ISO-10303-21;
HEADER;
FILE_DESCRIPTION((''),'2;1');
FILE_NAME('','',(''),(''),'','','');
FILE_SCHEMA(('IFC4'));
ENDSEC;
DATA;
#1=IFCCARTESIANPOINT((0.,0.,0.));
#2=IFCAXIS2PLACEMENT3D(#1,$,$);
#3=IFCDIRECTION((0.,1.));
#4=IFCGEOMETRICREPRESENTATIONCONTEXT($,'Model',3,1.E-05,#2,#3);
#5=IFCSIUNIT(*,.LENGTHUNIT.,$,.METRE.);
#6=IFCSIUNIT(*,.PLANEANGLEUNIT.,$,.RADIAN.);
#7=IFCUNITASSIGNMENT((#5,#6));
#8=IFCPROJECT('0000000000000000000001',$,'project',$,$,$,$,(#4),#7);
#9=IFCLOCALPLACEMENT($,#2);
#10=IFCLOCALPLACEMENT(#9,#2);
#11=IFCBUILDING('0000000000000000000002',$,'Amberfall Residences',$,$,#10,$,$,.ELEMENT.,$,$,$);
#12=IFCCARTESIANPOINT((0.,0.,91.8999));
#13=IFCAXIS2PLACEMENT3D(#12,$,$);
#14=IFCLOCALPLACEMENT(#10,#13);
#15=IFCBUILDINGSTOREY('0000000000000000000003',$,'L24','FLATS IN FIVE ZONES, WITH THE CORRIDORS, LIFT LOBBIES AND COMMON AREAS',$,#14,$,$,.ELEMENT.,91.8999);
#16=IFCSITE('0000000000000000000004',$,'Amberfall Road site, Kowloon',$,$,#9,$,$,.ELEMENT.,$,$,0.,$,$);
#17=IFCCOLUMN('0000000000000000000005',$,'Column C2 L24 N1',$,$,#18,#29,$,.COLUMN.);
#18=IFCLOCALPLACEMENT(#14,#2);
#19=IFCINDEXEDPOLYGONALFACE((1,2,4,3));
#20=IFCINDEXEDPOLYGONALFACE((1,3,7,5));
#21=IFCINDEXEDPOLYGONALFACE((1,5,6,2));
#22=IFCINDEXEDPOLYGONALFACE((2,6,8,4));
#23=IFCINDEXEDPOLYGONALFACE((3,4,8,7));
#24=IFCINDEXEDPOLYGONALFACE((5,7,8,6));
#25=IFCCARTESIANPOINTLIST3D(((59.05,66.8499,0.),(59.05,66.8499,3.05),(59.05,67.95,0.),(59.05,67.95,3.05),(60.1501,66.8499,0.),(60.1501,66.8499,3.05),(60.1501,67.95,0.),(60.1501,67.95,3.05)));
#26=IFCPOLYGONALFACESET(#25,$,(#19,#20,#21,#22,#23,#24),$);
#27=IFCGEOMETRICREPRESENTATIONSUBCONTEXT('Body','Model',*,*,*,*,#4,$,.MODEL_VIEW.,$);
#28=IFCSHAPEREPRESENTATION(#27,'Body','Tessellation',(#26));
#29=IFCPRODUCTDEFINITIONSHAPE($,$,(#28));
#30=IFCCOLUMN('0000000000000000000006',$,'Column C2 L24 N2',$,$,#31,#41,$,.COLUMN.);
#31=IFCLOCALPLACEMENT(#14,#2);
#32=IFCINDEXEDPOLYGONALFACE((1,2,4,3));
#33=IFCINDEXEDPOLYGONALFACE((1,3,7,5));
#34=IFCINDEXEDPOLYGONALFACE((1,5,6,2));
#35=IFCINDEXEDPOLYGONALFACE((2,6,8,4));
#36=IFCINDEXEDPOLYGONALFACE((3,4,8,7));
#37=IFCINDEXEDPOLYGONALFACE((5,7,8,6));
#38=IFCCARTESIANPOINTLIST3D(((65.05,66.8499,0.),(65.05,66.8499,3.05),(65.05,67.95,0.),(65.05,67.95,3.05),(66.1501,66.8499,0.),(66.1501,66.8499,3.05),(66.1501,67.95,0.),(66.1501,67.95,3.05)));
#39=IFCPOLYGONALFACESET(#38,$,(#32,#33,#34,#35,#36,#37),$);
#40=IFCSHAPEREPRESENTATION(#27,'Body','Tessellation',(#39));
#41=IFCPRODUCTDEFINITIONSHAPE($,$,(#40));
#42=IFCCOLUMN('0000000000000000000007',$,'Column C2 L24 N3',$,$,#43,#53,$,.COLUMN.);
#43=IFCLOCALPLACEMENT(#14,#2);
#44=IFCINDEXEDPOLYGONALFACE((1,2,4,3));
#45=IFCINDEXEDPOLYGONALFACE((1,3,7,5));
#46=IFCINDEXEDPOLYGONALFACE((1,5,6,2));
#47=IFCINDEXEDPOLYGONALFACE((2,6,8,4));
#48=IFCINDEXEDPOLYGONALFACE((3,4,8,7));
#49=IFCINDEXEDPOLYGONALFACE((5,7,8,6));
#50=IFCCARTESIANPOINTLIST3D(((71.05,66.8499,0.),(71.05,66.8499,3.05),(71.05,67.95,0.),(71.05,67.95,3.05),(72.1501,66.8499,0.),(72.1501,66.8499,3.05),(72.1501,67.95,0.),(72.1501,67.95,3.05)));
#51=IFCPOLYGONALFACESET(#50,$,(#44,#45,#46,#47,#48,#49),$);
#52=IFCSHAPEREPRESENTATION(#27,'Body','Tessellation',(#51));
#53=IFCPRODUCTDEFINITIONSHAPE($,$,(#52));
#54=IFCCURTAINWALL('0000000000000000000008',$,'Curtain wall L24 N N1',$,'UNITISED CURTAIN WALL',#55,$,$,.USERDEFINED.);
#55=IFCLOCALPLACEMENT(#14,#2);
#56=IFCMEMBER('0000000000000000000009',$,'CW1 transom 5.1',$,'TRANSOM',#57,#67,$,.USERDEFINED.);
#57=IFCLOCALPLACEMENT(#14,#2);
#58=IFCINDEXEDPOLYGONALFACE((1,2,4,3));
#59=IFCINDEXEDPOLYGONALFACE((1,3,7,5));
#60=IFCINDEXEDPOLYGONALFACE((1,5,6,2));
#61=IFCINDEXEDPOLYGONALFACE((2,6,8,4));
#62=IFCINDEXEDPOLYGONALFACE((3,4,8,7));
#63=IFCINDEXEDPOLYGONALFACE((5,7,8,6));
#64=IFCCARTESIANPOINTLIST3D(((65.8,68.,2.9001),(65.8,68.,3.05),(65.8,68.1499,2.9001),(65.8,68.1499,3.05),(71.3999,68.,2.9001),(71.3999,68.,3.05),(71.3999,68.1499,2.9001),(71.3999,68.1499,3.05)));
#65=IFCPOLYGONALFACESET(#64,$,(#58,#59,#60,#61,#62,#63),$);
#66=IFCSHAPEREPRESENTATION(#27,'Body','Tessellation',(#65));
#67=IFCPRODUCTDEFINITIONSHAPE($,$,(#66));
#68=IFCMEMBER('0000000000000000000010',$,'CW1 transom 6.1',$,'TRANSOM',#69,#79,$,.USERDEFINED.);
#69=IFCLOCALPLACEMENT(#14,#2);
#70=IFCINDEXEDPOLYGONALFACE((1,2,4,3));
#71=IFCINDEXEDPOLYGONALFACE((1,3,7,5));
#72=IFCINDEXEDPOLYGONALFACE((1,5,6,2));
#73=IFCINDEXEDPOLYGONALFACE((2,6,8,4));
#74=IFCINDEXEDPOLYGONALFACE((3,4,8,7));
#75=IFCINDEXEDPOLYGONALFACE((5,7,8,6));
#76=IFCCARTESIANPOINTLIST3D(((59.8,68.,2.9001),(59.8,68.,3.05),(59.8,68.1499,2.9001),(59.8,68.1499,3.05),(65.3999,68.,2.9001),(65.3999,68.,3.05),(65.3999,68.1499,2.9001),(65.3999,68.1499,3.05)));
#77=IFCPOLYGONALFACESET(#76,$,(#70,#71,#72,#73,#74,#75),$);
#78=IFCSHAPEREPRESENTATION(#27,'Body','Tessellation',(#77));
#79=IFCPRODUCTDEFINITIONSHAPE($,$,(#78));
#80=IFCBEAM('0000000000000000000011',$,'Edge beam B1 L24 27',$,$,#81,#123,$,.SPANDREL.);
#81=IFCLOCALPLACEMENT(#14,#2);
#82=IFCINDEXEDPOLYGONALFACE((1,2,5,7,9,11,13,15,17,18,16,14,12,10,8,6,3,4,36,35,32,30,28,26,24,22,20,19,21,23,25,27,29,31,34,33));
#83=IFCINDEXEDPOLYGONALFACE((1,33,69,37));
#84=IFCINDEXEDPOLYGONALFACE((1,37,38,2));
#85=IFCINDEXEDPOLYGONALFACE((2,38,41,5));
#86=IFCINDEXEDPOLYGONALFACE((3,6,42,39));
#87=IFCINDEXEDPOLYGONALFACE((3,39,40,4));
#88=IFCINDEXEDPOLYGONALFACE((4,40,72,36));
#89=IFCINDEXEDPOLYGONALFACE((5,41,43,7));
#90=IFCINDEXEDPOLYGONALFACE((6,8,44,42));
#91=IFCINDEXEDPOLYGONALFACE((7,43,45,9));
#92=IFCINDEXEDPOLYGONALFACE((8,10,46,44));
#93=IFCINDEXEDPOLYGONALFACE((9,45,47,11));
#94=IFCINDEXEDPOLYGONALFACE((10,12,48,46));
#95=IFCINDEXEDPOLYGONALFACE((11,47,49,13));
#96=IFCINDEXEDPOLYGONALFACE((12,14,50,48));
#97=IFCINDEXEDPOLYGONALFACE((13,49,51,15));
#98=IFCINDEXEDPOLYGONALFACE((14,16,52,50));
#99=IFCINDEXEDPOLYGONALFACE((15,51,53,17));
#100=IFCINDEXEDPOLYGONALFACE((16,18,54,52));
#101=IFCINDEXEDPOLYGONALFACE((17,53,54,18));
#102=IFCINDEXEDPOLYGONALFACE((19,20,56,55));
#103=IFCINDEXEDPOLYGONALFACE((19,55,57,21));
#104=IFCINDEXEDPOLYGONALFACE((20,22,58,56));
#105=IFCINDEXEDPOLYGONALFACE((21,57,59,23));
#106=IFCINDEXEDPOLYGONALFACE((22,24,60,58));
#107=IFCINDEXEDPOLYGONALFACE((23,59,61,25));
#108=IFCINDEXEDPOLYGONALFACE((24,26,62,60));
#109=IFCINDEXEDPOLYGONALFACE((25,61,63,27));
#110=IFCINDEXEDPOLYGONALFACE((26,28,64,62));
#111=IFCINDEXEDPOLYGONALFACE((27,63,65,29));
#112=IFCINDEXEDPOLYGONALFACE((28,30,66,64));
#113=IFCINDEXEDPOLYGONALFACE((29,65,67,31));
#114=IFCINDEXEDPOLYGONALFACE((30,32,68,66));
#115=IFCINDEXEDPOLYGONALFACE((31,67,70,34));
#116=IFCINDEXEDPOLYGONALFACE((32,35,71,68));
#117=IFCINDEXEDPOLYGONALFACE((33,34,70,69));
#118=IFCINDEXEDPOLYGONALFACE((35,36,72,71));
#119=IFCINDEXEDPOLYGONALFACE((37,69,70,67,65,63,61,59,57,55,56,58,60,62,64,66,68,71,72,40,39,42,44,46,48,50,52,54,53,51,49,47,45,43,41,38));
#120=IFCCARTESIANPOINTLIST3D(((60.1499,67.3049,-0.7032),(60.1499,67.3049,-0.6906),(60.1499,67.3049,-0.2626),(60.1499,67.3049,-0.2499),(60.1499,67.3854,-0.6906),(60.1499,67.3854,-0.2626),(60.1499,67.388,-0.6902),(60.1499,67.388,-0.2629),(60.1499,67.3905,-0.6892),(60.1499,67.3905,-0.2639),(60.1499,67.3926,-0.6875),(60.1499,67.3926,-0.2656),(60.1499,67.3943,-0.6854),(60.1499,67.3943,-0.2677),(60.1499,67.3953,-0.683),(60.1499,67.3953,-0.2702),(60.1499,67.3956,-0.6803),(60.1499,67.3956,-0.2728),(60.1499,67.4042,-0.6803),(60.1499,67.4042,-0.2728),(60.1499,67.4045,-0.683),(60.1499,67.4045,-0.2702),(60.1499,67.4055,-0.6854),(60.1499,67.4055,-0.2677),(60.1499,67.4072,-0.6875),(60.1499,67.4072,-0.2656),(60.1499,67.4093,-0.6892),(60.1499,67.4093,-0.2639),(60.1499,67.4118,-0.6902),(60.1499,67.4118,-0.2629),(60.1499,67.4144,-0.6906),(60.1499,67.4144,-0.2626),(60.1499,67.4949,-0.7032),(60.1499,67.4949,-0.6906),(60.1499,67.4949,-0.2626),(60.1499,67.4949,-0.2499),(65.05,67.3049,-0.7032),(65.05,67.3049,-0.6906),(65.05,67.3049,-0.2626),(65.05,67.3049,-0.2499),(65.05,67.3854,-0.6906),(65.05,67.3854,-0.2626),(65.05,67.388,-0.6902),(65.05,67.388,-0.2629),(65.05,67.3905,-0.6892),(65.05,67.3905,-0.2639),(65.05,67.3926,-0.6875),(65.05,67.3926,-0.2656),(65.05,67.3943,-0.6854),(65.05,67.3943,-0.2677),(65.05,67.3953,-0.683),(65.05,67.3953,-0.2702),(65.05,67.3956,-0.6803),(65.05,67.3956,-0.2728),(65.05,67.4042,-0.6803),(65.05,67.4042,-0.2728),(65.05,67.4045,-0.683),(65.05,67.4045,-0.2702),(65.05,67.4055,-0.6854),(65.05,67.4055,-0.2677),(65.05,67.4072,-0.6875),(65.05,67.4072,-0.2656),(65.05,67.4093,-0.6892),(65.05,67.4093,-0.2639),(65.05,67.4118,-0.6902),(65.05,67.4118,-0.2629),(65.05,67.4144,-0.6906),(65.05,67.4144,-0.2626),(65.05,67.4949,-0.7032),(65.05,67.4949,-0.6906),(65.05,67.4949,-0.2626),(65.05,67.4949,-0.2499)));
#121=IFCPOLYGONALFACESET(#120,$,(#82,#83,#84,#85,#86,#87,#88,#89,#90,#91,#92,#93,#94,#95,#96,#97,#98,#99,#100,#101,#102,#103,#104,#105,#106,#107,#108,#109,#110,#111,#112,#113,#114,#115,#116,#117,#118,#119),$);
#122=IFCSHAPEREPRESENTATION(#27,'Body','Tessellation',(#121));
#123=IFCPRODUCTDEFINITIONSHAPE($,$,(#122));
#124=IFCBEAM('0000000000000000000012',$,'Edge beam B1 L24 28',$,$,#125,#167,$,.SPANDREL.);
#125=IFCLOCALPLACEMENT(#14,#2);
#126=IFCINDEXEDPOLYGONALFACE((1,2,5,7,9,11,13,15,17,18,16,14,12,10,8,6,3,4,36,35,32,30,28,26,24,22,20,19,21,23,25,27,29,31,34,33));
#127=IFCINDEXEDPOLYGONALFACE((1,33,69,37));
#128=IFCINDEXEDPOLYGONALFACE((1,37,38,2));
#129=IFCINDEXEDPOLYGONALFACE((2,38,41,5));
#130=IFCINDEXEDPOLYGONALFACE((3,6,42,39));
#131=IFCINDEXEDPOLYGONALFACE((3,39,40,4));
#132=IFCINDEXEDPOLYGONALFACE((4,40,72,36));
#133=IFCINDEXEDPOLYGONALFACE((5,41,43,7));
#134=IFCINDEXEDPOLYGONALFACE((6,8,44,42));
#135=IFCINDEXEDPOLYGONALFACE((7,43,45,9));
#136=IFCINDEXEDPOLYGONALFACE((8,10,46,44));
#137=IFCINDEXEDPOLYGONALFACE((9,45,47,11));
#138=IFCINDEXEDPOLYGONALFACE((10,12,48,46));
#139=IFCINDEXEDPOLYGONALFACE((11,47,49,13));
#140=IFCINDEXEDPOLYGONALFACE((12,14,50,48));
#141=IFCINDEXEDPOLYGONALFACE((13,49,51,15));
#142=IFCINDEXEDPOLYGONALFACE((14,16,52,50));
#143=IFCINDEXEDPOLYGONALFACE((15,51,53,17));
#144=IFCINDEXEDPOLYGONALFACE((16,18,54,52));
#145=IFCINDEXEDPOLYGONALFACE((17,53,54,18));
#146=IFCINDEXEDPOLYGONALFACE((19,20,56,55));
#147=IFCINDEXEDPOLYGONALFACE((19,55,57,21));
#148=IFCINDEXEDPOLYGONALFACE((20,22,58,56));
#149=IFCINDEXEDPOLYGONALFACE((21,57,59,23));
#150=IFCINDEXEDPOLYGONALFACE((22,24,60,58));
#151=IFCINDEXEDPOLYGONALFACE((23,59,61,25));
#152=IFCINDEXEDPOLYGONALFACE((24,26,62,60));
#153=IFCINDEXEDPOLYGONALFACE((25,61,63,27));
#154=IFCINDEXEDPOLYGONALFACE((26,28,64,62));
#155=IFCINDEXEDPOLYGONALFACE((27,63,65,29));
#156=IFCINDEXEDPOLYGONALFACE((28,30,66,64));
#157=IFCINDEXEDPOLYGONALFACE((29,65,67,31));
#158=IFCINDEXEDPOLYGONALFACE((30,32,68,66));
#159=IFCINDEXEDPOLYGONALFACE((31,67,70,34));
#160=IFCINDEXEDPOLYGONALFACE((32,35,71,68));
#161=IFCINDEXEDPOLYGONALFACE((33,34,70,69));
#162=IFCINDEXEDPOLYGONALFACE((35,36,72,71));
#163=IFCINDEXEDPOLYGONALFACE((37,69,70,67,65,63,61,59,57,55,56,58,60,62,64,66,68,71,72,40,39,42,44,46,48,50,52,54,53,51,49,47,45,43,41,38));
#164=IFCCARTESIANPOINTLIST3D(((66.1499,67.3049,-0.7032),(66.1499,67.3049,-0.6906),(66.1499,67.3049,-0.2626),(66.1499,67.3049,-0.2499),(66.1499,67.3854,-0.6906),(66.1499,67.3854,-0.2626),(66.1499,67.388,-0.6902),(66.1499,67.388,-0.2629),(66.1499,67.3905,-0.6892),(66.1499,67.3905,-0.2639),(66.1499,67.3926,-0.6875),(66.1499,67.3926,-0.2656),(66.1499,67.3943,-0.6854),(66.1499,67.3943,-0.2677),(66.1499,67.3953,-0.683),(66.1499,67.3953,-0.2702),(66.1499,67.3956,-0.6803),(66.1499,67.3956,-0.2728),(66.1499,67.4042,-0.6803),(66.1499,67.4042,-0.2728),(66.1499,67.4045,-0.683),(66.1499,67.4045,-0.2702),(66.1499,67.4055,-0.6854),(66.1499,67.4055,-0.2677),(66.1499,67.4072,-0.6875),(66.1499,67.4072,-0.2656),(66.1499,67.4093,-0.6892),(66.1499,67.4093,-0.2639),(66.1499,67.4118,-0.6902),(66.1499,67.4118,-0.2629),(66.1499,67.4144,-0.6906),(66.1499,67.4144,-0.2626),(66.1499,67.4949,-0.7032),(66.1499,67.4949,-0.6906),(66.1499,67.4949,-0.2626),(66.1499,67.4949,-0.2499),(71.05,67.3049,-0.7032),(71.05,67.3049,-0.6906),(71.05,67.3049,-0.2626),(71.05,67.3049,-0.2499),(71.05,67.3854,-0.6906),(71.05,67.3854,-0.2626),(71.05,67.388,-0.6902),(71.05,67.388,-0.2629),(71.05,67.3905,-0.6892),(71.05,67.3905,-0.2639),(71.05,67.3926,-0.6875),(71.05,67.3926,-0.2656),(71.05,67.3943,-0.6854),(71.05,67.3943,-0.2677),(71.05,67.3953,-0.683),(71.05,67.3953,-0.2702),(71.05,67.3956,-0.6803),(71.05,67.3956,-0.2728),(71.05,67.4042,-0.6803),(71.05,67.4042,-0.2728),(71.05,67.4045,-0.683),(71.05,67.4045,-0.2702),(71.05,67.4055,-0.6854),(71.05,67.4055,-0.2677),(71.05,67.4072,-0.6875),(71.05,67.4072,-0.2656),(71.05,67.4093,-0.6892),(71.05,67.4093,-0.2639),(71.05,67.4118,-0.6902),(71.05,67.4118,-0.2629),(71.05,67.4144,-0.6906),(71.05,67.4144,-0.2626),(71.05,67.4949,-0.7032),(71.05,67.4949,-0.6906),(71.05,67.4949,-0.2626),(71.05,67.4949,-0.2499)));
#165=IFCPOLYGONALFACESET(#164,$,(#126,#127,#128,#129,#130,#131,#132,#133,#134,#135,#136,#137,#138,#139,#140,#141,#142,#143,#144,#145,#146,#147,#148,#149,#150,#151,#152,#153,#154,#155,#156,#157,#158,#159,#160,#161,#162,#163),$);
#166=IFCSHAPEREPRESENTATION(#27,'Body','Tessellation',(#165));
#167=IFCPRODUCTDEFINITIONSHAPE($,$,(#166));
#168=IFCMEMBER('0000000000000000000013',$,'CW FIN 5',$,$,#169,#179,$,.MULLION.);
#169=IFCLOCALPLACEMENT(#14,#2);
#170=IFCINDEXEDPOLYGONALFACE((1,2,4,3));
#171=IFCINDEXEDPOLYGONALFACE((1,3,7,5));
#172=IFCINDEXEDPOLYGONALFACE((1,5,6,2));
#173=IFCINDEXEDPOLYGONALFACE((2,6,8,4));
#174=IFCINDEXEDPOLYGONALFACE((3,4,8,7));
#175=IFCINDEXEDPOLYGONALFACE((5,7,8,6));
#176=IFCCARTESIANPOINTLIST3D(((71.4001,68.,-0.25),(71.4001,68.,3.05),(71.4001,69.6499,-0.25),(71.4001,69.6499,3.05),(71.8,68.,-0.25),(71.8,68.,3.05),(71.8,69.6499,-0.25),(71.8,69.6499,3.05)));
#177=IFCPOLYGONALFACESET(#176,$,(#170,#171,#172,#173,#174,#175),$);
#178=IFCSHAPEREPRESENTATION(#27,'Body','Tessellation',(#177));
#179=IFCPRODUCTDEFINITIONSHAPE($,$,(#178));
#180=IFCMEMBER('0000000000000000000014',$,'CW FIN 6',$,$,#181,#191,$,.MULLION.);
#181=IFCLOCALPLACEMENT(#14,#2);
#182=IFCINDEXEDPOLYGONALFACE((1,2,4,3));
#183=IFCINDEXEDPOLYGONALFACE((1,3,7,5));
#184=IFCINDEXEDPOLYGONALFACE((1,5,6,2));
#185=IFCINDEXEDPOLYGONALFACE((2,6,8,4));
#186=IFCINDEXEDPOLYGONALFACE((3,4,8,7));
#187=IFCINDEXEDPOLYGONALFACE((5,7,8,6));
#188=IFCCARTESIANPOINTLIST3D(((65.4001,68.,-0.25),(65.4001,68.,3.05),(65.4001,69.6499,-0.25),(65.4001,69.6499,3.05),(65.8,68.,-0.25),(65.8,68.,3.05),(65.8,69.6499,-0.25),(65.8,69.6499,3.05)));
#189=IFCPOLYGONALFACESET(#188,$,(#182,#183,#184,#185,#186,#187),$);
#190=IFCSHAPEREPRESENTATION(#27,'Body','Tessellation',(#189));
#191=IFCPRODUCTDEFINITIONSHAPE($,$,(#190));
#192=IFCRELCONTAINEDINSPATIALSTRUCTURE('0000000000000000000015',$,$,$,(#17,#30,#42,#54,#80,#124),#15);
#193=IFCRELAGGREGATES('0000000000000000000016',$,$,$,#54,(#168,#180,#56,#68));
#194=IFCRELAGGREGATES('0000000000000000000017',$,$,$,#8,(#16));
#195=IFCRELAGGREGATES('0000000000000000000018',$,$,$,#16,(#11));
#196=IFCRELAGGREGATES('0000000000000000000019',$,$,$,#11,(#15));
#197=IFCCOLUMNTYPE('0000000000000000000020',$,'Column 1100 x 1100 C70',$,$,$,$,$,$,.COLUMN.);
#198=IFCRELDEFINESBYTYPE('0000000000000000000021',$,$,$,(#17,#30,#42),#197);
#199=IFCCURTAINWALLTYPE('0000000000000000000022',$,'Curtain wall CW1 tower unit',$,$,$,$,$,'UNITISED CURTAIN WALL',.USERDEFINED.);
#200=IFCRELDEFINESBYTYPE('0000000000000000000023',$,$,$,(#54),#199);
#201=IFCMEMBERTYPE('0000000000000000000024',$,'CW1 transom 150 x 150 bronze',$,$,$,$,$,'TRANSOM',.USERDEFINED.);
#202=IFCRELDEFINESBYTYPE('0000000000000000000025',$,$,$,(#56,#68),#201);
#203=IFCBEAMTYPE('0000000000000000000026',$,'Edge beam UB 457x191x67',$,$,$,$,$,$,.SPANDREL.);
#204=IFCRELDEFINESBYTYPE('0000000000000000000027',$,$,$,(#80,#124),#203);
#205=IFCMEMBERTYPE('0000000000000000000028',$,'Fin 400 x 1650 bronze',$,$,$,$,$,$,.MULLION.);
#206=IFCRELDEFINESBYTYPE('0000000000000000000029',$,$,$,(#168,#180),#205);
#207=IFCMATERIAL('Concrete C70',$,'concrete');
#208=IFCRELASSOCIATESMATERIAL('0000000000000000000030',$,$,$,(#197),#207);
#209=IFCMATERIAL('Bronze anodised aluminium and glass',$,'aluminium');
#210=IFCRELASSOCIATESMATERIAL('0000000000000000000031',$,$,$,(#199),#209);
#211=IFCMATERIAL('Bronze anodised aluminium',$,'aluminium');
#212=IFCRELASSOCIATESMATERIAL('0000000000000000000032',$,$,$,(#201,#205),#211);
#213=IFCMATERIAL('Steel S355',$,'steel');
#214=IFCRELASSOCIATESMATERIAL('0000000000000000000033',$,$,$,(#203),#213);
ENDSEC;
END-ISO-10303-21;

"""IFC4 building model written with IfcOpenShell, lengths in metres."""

from ifc_helpers import new_model, si_unit, direction, frame, origin, origin_2d, place, context, subcontext, project, spatial, rectangle, i_section, extrude, material, material_profile, profile_set, type_object, element, aggregate, save


model = new_model("IFC4")

# Units and contexts
model_context = context("Model", 3, precision=1e-05, world=origin(), true_north=direction((0.0, 1.0)))
body_context = subcontext(model_context, "Body", "Model", "MODEL_VIEW")
ifc_project = project(units=[si_unit("LENGTHUNIT", "METRE"), si_unit("PLANEANGLEUNIT", "RADIAN")], contexts=[model_context])

# Site, building, storey
site_placement = place(None, origin())
site = spatial("IfcSite", under=ifc_project, at=site_placement, Name="Amberfall Road site, Kowloon", CompositionType="ELEMENT", RefElevation=0.0)
building_placement = place(site_placement, origin())
building = spatial("IfcBuilding", under=site, at=building_placement, Name="Amberfall Residences", CompositionType="ELEMENT")
storey_placement = place(building_placement, frame((0.0, 0.0, 91.8999)))
storey = spatial("IfcBuildingStorey", under=building, at=storey_placement, Name="L24", Description="FLATS IN FIVE ZONES, WITH THE CORRIDORS, LIFT LOBBIES AND COMMON AREAS", CompositionType="ELEMENT", Elevation=91.8999)

# Columns
ifc_material_1 = material(Name="Concrete C70", Category="concrete")
ifc_material_profile_1 = material_profile(ifc_material_1, rectangle(XDim=1.1001, YDim=1.1001, at=origin_2d()), Name="Column 1100 x 1100 C70")
ifc_profile_set_1 = profile_set([ifc_material_profile_1], Name="Concrete C70")
column_type = type_object("IfcColumnType", Name="Column 1100 x 1100 C70", PredefinedType="COLUMN", material=ifc_profile_set_1)
for number, where, z_axis, x_axis, name in (
    (1, (59.6001, 67.3999, 0.0), (0.0, 0.0, 1.0), (1.0, 0.0, 0.0), "Column C2 L24 N1"),
    (2, (65.6001, 67.3999, 0.0), (0.0, 0.0, 1.0), (1.0, 0.0, 0.0), "Column C2 L24 N2"),
    (3, (71.6001, 67.3999, 0.0), (0.0, 0.0, 1.0), (1.0, 0.0, 0.0), "Column C2 L24 N3"),
):
    element("IfcColumn", number, at=place(storey_placement, frame(where, z_axis=z_axis, x_axis=x_axis)), inside=storey, type_object=column_type, Name=name, PredefinedType="COLUMN", context=body_context, shape_type="SweptSolid", body=[
        extrude(rectangle(XDim=1.1001, YDim=1.1001, at=origin_2d()), origin(), (0.0, 0.0, 1.0), 3.05),
    ])

# Curtain wall, members
ifc_material_2 = material(Name="Bronze anodised aluminium and glass", Category="aluminium")
curtain_wall_type = type_object("IfcCurtainWallType", Name="Curtain wall CW1 tower unit", ElementType="UNITISED CURTAIN WALL", PredefinedType="USERDEFINED", material=ifc_material_2)
curtain_wall_placement = place(storey_placement, origin())
curtain_wall = element("IfcCurtainWall", 4, at=curtain_wall_placement, inside=storey, type_object=curtain_wall_type, Name="Curtain wall L24 N N1", ObjectType="UNITISED CURTAIN WALL", PredefinedType="USERDEFINED")
ifc_material_3 = material(Name="Bronze anodised aluminium", Category="aluminium")
ifc_material_profile_2 = material_profile(ifc_material_3, rectangle(XDim=0.1499, YDim=0.1499, at=origin_2d()), Name="CW1 transom 150 x 150 bronze")
ifc_profile_set_2 = profile_set([ifc_material_profile_2], Name="Bronze anodised aluminium")
member_type_1 = type_object("IfcMemberType", Name="CW1 transom 150 x 150 bronze", ElementType="TRANSOM", PredefinedType="USERDEFINED", material=ifc_profile_set_2)
member_1_placement = place(storey_placement, frame((71.3999, 68.075, 2.9751), z_axis=(-1.0, 0.0, 0.0), x_axis=(0.0, -1.0, 0.0)))
member_1 = element("IfcMember", 5, at=member_1_placement, type_object=member_type_1, Name="CW1 transom 5.1", ObjectType="TRANSOM", PredefinedType="USERDEFINED", context=body_context, shape_type="SweptSolid", body=[
    extrude(rectangle(XDim=0.1499, YDim=0.1499, at=origin_2d()), origin(), (0.0, 0.0, 1.0), 5.5999),
])
member_2_placement = place(storey_placement, frame((65.3999, 68.075, 2.9751), z_axis=(-1.0, 0.0, 0.0), x_axis=(0.0, -1.0, 0.0)))
member_2 = element("IfcMember", 6, at=member_2_placement, type_object=member_type_1, Name="CW1 transom 6.1", ObjectType="TRANSOM", PredefinedType="USERDEFINED", context=body_context, shape_type="SweptSolid", body=[
    extrude(rectangle(XDim=0.1499, YDim=0.1499, at=origin_2d()), origin(), (0.0, 0.0, 1.0), 5.5999),
])

# Beams
ifc_material_4 = material(Name="Steel S355", Category="steel")
ifc_material_profile_3 = material_profile(ifc_material_4, i_section(OverallWidth=0.1899, OverallDepth=0.4534, WebThickness=0.0085, FlangeThickness=0.0127, FilletRadius=0.0103, at=origin_2d()), Name="UB 457x191x67")
ifc_profile_set_3 = profile_set([ifc_material_profile_3], Name="Steel S355")
beam_type_1 = type_object("IfcBeamType", Name="Edge beam UB 457x191x67", PredefinedType="SPANDREL", material=ifc_profile_set_3)
for number, where, z_axis, x_axis, name in (
    (7, (60.1499, 67.3999, -0.4766), (1.0, 0.0, 0.0), (0.0, 1.0, 0.0), "Edge beam B1 L24 27"),
    (8, (66.1499, 67.3999, -0.4766), (1.0, 0.0, 0.0), (0.0, 1.0, 0.0), "Edge beam B1 L24 28"),
):
    element("IfcBeam", number, at=place(storey_placement, frame(where, z_axis=z_axis, x_axis=x_axis)), inside=storey, type_object=beam_type_1, Name=name, PredefinedType="SPANDREL", context=body_context, shape_type="SweptSolid", body=[
        extrude(i_section(OverallWidth=0.1899, OverallDepth=0.4534, WebThickness=0.0085, FlangeThickness=0.0127, FilletRadius=0.0103, at=origin_2d()), origin(), (0.0, 0.0, 1.0), 4.9001),
    ])

# Members
ifc_material_profile_4 = material_profile(ifc_material_3, rectangle(XDim=1.6499, YDim=0.3999, at=origin_2d()), Name="Fin 400 x 1650 bronze")
ifc_profile_set_4 = profile_set([ifc_material_profile_4], Name="Bronze anodised aluminium")
member_type_2 = type_object("IfcMemberType", Name="Fin 400 x 1650 bronze", PredefinedType="MULLION", material=ifc_profile_set_4)
member_3_placement = place(storey_placement, frame((71.6001, 68.825, -0.25), z_axis=(0.0, 0.0, 1.0), x_axis=(0.0, -1.0, 0.0)))
member_3 = element("IfcMember", 9, at=member_3_placement, type_object=member_type_2, Name="CW FIN 5", PredefinedType="MULLION", context=body_context, shape_type="SweptSolid", body=[
    extrude(rectangle(XDim=1.6499, YDim=0.3999, at=origin_2d()), origin(), (0.0, 0.0, 1.0), 3.3),
])
member_4_placement = place(storey_placement, frame((65.6001, 68.825, -0.25), z_axis=(0.0, 0.0, 1.0), x_axis=(0.0, -1.0, 0.0)))
member_4 = element("IfcMember", 10, at=member_4_placement, type_object=member_type_2, Name="CW FIN 6", PredefinedType="MULLION", context=body_context, shape_type="SweptSolid", body=[
    extrude(rectangle(XDim=1.6499, YDim=0.3999, at=origin_2d()), origin(), (0.0, 0.0, 1.0), 3.3),
])

aggregate(curtain_wall, [member_3, member_4, member_1, member_2])

save(model, "model.ifc")
